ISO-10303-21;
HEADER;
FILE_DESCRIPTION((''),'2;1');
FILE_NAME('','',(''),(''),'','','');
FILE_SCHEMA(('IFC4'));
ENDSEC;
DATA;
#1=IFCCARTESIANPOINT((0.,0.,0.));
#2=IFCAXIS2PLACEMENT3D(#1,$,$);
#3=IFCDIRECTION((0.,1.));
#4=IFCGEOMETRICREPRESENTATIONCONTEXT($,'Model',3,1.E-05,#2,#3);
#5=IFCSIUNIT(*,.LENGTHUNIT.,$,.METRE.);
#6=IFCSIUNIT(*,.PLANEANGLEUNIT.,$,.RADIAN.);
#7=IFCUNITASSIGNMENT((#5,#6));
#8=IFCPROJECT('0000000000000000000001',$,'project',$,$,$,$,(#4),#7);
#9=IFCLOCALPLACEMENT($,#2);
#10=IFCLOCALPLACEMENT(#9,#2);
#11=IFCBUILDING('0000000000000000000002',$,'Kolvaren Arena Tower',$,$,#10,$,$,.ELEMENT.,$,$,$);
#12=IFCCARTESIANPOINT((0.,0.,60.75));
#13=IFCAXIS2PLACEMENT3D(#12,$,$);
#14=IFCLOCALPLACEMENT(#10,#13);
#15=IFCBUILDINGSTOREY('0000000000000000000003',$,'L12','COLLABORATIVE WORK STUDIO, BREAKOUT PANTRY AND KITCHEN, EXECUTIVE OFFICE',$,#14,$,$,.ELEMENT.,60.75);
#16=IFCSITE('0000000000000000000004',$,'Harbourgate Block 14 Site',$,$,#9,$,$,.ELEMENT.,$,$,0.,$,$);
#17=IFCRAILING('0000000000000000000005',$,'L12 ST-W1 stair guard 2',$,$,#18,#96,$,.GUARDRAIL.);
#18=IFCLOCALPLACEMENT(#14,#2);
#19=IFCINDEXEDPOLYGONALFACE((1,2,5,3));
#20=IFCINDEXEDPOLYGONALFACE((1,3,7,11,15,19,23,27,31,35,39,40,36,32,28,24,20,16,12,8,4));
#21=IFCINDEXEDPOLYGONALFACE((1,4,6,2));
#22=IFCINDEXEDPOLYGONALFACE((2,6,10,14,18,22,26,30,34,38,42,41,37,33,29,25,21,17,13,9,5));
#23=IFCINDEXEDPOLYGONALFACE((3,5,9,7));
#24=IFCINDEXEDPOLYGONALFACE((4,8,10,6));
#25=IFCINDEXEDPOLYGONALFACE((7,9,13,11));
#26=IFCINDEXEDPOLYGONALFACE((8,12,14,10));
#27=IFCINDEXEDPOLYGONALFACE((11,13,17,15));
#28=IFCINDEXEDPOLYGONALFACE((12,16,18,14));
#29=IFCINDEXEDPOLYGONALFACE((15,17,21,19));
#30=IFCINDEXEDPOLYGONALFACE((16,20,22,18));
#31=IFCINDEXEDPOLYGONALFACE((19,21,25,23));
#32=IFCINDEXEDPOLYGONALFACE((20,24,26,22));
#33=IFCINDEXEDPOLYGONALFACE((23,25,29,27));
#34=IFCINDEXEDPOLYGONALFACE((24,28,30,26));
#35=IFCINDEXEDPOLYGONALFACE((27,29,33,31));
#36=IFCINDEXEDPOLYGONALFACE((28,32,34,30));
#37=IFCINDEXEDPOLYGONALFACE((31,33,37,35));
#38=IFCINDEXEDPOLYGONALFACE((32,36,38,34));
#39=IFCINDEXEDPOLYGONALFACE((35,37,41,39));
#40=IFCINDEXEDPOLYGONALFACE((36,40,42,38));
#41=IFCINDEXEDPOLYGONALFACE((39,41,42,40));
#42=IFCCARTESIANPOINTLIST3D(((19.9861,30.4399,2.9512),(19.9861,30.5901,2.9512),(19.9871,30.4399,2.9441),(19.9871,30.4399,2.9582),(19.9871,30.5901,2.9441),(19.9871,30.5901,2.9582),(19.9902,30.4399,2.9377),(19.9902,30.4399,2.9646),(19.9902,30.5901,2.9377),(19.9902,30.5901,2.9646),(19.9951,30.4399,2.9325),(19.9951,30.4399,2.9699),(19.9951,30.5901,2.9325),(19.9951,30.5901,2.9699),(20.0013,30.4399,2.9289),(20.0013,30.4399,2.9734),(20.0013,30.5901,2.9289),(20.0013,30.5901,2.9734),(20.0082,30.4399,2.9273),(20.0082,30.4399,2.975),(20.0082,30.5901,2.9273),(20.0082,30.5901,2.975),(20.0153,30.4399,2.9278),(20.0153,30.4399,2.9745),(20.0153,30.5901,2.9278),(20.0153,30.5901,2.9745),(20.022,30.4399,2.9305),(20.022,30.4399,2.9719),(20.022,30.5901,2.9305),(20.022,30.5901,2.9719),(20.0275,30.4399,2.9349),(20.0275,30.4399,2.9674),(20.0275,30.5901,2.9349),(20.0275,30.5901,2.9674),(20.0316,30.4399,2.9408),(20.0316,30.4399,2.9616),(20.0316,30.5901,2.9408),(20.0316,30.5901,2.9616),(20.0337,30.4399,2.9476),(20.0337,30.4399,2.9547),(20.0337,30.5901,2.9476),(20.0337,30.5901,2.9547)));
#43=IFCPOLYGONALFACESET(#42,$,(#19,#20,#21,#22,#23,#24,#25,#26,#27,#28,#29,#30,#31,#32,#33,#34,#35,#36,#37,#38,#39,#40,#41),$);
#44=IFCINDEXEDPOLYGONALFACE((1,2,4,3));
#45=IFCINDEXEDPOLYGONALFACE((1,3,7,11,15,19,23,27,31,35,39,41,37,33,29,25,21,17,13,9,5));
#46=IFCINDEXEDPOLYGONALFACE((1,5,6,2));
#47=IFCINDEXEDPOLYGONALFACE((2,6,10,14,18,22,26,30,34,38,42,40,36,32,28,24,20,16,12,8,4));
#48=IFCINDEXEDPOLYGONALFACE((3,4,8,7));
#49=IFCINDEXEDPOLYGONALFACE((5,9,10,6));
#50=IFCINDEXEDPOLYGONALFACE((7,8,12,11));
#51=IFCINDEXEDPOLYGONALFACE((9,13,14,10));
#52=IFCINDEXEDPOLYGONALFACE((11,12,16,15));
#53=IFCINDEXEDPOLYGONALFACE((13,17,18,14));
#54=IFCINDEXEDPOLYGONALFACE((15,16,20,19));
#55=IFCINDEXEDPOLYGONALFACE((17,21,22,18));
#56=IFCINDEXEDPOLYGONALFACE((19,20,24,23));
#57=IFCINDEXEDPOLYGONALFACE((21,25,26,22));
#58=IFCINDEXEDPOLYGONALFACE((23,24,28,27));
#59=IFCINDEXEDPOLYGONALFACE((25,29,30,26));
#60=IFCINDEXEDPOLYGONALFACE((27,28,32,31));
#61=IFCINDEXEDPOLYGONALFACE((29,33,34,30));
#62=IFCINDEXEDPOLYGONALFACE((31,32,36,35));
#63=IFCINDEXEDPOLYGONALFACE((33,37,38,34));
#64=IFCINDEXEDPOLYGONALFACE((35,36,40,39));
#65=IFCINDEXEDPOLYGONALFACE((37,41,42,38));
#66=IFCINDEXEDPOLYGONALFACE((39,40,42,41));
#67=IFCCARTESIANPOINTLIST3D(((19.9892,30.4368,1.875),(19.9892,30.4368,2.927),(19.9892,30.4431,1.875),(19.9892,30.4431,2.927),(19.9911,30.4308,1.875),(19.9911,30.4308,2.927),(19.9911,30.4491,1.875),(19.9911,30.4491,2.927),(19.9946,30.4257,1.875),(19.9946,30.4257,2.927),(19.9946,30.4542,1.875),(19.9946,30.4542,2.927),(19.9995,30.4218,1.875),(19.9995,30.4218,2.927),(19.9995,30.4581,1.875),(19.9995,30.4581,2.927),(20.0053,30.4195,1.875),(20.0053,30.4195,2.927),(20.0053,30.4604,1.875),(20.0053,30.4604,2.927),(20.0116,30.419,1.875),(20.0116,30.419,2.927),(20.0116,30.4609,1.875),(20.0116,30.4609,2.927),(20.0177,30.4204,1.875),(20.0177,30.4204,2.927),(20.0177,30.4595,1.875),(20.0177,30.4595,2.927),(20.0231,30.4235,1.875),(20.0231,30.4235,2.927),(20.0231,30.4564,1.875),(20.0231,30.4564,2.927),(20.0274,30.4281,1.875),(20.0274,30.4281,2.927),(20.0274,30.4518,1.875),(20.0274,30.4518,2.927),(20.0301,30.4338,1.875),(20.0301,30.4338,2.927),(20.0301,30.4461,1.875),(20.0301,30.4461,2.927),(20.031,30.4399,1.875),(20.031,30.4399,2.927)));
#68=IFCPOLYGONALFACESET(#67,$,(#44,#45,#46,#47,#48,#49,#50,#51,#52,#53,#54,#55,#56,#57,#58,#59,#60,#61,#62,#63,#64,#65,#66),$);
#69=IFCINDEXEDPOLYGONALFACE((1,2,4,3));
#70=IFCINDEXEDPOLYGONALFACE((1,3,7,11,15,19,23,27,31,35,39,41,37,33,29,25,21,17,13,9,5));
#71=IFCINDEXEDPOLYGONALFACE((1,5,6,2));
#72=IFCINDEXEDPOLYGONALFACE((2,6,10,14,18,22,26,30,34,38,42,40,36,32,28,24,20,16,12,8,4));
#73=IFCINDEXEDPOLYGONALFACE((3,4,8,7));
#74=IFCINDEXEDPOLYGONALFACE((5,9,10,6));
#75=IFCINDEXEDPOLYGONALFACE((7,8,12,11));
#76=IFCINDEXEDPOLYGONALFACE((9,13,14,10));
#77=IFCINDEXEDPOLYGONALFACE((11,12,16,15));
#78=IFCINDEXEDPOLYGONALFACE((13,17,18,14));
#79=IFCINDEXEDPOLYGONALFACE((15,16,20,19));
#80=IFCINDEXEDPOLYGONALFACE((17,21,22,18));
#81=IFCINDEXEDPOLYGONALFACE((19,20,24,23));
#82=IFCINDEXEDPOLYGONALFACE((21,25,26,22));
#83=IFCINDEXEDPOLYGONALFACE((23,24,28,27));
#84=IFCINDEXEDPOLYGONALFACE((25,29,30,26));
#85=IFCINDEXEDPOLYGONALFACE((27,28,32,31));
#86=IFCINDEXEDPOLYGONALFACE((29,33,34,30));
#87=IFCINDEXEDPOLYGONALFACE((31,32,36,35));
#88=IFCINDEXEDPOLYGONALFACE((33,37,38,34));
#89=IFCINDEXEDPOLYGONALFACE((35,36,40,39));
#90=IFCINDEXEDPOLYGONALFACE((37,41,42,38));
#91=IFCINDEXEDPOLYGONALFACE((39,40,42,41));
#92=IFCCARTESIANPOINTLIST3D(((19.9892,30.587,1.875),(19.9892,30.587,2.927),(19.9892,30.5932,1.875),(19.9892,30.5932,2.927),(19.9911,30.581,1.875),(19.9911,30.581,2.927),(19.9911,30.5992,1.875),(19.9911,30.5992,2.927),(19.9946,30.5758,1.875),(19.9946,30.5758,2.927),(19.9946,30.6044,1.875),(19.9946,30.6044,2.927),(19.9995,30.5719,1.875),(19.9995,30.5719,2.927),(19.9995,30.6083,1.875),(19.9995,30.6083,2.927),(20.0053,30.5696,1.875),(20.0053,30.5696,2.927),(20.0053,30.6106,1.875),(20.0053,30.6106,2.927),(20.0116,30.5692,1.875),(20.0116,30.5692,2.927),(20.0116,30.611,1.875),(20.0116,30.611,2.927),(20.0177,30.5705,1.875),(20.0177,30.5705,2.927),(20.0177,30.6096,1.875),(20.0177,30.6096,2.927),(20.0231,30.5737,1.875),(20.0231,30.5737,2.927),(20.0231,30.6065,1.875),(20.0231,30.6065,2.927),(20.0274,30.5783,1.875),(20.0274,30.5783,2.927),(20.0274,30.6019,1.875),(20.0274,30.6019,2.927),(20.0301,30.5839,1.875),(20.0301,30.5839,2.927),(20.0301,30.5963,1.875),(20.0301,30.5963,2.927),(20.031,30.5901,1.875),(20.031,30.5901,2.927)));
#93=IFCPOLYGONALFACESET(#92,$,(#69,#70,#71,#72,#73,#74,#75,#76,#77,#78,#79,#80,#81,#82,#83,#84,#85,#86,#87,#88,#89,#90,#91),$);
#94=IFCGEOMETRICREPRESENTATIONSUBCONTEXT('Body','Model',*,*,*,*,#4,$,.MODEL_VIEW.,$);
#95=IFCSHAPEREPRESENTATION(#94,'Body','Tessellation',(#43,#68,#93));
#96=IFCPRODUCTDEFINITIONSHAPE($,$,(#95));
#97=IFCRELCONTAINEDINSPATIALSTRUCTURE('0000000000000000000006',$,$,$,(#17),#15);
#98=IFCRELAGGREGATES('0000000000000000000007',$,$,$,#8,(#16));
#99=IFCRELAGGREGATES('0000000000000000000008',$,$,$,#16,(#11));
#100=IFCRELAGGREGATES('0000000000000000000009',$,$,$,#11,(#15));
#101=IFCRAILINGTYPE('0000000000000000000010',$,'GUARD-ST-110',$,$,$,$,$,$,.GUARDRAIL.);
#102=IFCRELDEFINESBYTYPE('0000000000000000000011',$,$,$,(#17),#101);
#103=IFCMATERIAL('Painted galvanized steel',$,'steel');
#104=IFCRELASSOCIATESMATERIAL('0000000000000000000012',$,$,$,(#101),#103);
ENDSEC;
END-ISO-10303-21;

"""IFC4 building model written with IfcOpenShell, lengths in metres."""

from ifc_helpers import new_model, si_unit, direction, frame, origin, origin_2d, place, context, subcontext, project, spatial, circle, extrude, material, type_object, element, save


model = new_model("IFC4")

# Units and contexts
model_context = context("Model", 3, precision=1e-05, world=origin(), true_north=direction((0.0, 1.0)))
body_context = subcontext(model_context, "Body", "Model", "MODEL_VIEW")
ifc_project = project(units=[si_unit("LENGTHUNIT", "METRE"), si_unit("PLANEANGLEUNIT", "RADIAN")], contexts=[model_context])

# Site, building, storey
site_placement = place(None, origin())
site = spatial("IfcSite", under=ifc_project, at=site_placement, Name="Harbourgate Block 14 Site", CompositionType="ELEMENT", RefElevation=0.0)
building_placement = place(site_placement, origin())
building = spatial("IfcBuilding", under=site, at=building_placement, Name="Kolvaren Arena Tower", CompositionType="ELEMENT")
storey_placement = place(building_placement, frame((0.0, 0.0, 60.75)))
storey = spatial("IfcBuildingStorey", under=building, at=storey_placement, Name="L12", Description="COLLABORATIVE WORK STUDIO, BREAKOUT PANTRY AND KITCHEN, EXECUTIVE OFFICE", CompositionType="ELEMENT", Elevation=60.75)

# Railing
ifc_material_1 = material(Name="Painted galvanized steel", Category="steel")
railing_type_1 = type_object("IfcRailingType", Name="GUARD-ST-110", PredefinedType="GUARDRAIL", material=ifc_material_1)
railing_1_placement = place(storey_placement, frame((20.01, 30.4399, 1.875)))
element("IfcRailing", 1, at=railing_1_placement, inside=storey, type_object=railing_type_1, Name="L12 ST-W1 stair guard 2", PredefinedType="GUARDRAIL", context=body_context, shape_type="SweptSolid", body=[
    extrude(circle(Radius=0.0239, at=origin_2d()), frame((0.0, 0.0, 1.0762), z_axis=(0.0, 1.0, 0.0), x_axis=(-1.0, 0.0, 0.0)), (0.0, 0.0, 1.0), 0.1501),
    extrude(circle(Radius=0.021, at=origin_2d()), origin(), (0.0, 0.0, 1.0), 1.052),
    extrude(circle(Radius=0.021, at=origin_2d()), frame((0.0, 0.1501, 0.0)), (0.0, 0.0, 1.0), 1.052),
])

save(model, "model.ifc")
